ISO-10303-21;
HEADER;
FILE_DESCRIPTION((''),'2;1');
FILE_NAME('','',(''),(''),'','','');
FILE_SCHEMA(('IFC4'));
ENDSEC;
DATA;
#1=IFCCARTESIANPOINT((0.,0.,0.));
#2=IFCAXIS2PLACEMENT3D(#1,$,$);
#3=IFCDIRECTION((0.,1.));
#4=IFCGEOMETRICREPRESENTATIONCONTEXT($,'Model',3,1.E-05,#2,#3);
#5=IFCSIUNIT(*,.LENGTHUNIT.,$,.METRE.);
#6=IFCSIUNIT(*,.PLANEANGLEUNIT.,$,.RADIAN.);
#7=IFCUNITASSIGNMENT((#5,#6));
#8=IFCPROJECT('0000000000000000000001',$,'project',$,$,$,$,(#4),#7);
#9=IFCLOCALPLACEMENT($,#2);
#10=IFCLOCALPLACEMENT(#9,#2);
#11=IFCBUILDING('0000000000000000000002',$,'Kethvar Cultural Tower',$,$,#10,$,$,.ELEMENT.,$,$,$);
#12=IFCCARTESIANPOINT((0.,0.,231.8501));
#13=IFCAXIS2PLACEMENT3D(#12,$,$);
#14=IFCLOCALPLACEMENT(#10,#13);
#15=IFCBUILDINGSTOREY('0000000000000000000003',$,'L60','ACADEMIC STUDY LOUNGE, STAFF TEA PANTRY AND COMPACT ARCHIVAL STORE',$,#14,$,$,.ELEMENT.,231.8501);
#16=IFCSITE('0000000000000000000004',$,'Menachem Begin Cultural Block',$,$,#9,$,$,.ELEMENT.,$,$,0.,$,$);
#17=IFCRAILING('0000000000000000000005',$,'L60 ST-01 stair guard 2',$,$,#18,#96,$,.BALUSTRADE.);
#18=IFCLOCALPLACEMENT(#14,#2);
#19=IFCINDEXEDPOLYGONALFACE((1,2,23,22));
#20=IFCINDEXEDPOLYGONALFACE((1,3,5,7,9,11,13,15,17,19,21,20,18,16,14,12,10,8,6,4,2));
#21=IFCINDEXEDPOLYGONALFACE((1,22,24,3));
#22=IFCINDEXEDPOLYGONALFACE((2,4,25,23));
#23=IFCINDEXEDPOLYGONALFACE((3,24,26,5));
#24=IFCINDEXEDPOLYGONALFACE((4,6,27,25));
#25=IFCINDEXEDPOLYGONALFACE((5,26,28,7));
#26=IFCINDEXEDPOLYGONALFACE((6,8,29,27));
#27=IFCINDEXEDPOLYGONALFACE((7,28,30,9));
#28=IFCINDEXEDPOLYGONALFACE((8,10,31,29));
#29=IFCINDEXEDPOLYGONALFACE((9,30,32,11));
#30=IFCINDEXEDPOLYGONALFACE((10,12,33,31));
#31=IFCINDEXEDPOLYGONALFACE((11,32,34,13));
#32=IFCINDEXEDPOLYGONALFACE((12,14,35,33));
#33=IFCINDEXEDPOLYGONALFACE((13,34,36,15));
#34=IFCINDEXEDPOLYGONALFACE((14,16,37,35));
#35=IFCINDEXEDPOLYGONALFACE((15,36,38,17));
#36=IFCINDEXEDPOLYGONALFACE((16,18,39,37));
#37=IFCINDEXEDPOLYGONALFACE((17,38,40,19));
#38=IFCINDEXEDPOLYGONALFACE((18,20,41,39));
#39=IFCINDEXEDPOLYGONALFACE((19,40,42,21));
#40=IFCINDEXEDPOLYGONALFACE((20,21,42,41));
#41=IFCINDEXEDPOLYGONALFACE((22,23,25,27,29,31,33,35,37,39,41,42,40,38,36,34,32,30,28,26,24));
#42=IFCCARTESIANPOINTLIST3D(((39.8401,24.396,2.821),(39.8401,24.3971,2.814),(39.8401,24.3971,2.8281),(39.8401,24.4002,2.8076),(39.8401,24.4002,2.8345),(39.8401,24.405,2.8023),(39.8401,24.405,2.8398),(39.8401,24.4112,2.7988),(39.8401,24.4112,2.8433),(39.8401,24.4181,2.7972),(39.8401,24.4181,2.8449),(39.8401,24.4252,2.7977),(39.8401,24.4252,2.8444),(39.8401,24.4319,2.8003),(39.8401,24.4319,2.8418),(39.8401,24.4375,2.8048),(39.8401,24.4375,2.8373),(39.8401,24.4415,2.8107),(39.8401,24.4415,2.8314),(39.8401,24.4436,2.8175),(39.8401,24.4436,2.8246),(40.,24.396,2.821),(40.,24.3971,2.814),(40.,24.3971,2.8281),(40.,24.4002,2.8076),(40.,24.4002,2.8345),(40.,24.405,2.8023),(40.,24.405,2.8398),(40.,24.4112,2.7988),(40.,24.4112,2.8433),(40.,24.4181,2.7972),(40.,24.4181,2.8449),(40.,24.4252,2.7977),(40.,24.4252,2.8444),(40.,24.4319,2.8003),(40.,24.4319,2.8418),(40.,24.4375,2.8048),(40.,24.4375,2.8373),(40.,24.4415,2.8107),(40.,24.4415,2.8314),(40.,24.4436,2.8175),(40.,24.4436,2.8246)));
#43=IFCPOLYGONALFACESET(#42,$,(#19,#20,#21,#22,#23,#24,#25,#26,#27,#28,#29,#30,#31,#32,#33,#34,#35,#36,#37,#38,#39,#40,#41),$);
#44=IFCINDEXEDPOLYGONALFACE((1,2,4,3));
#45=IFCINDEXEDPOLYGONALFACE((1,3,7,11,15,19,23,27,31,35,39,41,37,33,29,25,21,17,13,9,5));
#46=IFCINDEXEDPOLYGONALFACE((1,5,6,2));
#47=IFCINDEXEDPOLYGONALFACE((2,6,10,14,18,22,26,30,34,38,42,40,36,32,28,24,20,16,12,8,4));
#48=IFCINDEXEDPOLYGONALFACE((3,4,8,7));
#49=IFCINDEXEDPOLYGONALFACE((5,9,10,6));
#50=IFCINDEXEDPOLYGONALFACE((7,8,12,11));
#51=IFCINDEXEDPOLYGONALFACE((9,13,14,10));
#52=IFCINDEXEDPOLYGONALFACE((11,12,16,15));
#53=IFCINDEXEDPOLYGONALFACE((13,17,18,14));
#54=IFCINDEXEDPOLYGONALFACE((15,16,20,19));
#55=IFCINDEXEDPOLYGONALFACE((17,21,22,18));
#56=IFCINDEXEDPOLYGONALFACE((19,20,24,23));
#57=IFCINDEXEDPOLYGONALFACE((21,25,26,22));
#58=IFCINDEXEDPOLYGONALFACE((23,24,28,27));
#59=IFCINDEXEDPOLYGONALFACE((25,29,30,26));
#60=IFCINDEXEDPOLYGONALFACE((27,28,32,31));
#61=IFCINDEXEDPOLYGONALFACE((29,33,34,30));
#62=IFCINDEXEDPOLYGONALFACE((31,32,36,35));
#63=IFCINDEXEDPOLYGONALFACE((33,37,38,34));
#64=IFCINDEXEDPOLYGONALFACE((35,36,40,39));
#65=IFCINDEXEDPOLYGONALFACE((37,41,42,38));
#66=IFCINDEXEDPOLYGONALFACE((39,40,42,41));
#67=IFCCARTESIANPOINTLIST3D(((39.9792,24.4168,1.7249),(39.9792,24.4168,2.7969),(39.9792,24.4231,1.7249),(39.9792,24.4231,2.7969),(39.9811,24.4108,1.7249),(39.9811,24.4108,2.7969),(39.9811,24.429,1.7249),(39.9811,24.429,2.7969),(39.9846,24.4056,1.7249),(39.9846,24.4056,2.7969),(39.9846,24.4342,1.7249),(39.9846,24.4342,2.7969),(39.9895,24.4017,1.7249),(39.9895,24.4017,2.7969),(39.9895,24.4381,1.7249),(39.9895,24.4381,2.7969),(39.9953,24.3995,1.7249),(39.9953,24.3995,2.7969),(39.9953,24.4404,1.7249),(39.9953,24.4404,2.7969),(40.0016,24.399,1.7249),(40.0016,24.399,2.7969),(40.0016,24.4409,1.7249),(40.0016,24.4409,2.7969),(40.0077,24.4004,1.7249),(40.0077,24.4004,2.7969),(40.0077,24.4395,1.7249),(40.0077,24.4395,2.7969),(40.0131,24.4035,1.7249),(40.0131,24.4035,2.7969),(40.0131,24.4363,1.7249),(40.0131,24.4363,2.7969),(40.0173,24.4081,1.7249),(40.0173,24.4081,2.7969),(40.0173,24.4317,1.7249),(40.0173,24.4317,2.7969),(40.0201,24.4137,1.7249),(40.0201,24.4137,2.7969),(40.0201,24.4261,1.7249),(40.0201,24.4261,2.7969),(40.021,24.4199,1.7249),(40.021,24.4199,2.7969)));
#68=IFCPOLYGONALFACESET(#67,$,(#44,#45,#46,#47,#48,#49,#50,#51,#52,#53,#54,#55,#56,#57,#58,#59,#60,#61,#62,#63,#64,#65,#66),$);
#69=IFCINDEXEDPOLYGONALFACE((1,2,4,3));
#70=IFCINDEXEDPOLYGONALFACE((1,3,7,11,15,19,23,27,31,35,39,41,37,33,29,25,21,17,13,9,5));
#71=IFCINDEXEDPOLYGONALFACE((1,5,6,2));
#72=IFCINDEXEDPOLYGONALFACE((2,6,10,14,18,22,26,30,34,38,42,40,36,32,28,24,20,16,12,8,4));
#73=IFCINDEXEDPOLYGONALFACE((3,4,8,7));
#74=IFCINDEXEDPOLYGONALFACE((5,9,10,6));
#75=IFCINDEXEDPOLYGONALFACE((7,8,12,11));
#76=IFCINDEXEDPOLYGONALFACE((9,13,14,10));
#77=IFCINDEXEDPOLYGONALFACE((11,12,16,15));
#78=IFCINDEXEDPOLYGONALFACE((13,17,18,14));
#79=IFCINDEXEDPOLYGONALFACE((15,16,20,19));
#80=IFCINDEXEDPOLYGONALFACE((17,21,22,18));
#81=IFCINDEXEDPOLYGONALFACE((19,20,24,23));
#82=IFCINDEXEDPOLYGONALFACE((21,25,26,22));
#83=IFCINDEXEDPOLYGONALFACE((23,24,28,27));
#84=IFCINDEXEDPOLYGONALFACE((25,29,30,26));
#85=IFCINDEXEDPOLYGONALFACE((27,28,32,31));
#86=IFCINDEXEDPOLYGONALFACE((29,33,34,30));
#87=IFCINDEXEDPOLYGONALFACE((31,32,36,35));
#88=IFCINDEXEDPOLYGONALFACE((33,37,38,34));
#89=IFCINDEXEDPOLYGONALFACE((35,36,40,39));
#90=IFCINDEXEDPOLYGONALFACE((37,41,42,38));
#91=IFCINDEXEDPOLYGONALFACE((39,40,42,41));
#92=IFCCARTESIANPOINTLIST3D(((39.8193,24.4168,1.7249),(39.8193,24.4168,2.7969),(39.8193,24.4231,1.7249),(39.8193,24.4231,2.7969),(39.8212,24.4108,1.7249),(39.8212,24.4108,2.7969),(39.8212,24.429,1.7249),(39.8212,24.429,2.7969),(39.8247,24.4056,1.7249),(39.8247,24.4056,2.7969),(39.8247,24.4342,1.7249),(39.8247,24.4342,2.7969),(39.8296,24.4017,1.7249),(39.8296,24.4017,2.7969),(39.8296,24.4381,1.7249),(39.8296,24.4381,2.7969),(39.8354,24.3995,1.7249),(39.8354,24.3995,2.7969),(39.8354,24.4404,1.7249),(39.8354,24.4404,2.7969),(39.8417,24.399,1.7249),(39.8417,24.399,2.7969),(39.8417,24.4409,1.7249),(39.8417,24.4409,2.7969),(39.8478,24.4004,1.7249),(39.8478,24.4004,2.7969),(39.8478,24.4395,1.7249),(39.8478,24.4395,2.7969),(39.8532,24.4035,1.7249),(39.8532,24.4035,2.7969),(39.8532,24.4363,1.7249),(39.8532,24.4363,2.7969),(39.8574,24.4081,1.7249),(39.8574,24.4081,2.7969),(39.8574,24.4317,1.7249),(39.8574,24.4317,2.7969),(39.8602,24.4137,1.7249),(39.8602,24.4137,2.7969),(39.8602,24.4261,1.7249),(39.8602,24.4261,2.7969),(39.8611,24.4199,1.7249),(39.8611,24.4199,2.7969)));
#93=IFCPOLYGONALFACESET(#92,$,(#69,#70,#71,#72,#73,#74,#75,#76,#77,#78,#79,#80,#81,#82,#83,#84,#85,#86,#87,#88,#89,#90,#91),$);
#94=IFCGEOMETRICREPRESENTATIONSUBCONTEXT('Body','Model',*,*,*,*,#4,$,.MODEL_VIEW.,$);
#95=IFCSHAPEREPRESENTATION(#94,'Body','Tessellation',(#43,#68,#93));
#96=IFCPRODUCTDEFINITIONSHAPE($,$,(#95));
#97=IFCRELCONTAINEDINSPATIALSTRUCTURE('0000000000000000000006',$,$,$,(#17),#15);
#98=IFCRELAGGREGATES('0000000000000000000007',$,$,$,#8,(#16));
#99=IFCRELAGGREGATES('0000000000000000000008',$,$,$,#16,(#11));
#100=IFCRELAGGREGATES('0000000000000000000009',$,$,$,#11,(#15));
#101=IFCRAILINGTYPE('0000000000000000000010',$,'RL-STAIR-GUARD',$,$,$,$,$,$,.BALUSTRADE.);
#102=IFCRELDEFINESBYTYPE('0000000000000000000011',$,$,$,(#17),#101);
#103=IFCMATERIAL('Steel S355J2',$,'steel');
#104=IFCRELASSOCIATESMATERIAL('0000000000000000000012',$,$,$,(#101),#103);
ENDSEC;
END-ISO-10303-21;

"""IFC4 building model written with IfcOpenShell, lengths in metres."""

from ifc_helpers import new_model, si_unit, direction, frame, origin, origin_2d, place, context, subcontext, project, spatial, circle, extrude, material, type_object, element, save


model = new_model("IFC4")

# Units and contexts
model_context = context("Model", 3, precision=1e-05, world=origin(), true_north=direction((0.0, 1.0)))
body_context = subcontext(model_context, "Body", "Model", "MODEL_VIEW")
ifc_project = project(units=[si_unit("LENGTHUNIT", "METRE"), si_unit("PLANEANGLEUNIT", "RADIAN")], contexts=[model_context])

# Site, building, storey
site_placement = place(None, origin())
site = spatial("IfcSite", under=ifc_project, at=site_placement, Name="Menachem Begin Cultural Block", CompositionType="ELEMENT", RefElevation=0.0)
building_placement = place(site_placement, origin())
building = spatial("IfcBuilding", under=site, at=building_placement, Name="Kethvar Cultural Tower", CompositionType="ELEMENT")
storey_placement = place(building_placement, frame((0.0, 0.0, 231.8501)))
storey = spatial("IfcBuildingStorey", under=building, at=storey_placement, Name="L60", Description="ACADEMIC STUDY LOUNGE, STAFF TEA PANTRY AND COMPACT ARCHIVAL STORE", CompositionType="ELEMENT", Elevation=231.8501)

# Shared definitions
ifc_material_1 = material(Name="Steel S355J2", Category="steel")

# Railing
railing_type = type_object("IfcRailingType", Name="RL-STAIR-GUARD", PredefinedType="BALUSTRADE", material=ifc_material_1)
railing_placement = place(storey_placement, frame((40.0, 24.4199, 1.7249)))
element("IfcRailing", 1, at=railing_placement, inside=storey, type_object=railing_type, Name="L60 ST-01 stair guard 2", PredefinedType="BALUSTRADE", context=body_context, shape_type="SweptSolid", body=[
    extrude(circle(Radius=0.0239, at=origin_2d()), frame((0.0, 0.0, 1.0962), z_axis=(-1.0, 0.0, 0.0), x_axis=(0.0, -1.0, 0.0)), (0.0, 0.0, 1.0), 0.1599),
    extrude(circle(Radius=0.021, at=origin_2d()), origin(), (0.0, 0.0, 1.0), 1.072),
    extrude(circle(Radius=0.021, at=origin_2d()), frame((-0.1599, 0.0, 0.0)), (0.0, 0.0, 1.0), 1.072),
])

save(model, "model.ifc")
